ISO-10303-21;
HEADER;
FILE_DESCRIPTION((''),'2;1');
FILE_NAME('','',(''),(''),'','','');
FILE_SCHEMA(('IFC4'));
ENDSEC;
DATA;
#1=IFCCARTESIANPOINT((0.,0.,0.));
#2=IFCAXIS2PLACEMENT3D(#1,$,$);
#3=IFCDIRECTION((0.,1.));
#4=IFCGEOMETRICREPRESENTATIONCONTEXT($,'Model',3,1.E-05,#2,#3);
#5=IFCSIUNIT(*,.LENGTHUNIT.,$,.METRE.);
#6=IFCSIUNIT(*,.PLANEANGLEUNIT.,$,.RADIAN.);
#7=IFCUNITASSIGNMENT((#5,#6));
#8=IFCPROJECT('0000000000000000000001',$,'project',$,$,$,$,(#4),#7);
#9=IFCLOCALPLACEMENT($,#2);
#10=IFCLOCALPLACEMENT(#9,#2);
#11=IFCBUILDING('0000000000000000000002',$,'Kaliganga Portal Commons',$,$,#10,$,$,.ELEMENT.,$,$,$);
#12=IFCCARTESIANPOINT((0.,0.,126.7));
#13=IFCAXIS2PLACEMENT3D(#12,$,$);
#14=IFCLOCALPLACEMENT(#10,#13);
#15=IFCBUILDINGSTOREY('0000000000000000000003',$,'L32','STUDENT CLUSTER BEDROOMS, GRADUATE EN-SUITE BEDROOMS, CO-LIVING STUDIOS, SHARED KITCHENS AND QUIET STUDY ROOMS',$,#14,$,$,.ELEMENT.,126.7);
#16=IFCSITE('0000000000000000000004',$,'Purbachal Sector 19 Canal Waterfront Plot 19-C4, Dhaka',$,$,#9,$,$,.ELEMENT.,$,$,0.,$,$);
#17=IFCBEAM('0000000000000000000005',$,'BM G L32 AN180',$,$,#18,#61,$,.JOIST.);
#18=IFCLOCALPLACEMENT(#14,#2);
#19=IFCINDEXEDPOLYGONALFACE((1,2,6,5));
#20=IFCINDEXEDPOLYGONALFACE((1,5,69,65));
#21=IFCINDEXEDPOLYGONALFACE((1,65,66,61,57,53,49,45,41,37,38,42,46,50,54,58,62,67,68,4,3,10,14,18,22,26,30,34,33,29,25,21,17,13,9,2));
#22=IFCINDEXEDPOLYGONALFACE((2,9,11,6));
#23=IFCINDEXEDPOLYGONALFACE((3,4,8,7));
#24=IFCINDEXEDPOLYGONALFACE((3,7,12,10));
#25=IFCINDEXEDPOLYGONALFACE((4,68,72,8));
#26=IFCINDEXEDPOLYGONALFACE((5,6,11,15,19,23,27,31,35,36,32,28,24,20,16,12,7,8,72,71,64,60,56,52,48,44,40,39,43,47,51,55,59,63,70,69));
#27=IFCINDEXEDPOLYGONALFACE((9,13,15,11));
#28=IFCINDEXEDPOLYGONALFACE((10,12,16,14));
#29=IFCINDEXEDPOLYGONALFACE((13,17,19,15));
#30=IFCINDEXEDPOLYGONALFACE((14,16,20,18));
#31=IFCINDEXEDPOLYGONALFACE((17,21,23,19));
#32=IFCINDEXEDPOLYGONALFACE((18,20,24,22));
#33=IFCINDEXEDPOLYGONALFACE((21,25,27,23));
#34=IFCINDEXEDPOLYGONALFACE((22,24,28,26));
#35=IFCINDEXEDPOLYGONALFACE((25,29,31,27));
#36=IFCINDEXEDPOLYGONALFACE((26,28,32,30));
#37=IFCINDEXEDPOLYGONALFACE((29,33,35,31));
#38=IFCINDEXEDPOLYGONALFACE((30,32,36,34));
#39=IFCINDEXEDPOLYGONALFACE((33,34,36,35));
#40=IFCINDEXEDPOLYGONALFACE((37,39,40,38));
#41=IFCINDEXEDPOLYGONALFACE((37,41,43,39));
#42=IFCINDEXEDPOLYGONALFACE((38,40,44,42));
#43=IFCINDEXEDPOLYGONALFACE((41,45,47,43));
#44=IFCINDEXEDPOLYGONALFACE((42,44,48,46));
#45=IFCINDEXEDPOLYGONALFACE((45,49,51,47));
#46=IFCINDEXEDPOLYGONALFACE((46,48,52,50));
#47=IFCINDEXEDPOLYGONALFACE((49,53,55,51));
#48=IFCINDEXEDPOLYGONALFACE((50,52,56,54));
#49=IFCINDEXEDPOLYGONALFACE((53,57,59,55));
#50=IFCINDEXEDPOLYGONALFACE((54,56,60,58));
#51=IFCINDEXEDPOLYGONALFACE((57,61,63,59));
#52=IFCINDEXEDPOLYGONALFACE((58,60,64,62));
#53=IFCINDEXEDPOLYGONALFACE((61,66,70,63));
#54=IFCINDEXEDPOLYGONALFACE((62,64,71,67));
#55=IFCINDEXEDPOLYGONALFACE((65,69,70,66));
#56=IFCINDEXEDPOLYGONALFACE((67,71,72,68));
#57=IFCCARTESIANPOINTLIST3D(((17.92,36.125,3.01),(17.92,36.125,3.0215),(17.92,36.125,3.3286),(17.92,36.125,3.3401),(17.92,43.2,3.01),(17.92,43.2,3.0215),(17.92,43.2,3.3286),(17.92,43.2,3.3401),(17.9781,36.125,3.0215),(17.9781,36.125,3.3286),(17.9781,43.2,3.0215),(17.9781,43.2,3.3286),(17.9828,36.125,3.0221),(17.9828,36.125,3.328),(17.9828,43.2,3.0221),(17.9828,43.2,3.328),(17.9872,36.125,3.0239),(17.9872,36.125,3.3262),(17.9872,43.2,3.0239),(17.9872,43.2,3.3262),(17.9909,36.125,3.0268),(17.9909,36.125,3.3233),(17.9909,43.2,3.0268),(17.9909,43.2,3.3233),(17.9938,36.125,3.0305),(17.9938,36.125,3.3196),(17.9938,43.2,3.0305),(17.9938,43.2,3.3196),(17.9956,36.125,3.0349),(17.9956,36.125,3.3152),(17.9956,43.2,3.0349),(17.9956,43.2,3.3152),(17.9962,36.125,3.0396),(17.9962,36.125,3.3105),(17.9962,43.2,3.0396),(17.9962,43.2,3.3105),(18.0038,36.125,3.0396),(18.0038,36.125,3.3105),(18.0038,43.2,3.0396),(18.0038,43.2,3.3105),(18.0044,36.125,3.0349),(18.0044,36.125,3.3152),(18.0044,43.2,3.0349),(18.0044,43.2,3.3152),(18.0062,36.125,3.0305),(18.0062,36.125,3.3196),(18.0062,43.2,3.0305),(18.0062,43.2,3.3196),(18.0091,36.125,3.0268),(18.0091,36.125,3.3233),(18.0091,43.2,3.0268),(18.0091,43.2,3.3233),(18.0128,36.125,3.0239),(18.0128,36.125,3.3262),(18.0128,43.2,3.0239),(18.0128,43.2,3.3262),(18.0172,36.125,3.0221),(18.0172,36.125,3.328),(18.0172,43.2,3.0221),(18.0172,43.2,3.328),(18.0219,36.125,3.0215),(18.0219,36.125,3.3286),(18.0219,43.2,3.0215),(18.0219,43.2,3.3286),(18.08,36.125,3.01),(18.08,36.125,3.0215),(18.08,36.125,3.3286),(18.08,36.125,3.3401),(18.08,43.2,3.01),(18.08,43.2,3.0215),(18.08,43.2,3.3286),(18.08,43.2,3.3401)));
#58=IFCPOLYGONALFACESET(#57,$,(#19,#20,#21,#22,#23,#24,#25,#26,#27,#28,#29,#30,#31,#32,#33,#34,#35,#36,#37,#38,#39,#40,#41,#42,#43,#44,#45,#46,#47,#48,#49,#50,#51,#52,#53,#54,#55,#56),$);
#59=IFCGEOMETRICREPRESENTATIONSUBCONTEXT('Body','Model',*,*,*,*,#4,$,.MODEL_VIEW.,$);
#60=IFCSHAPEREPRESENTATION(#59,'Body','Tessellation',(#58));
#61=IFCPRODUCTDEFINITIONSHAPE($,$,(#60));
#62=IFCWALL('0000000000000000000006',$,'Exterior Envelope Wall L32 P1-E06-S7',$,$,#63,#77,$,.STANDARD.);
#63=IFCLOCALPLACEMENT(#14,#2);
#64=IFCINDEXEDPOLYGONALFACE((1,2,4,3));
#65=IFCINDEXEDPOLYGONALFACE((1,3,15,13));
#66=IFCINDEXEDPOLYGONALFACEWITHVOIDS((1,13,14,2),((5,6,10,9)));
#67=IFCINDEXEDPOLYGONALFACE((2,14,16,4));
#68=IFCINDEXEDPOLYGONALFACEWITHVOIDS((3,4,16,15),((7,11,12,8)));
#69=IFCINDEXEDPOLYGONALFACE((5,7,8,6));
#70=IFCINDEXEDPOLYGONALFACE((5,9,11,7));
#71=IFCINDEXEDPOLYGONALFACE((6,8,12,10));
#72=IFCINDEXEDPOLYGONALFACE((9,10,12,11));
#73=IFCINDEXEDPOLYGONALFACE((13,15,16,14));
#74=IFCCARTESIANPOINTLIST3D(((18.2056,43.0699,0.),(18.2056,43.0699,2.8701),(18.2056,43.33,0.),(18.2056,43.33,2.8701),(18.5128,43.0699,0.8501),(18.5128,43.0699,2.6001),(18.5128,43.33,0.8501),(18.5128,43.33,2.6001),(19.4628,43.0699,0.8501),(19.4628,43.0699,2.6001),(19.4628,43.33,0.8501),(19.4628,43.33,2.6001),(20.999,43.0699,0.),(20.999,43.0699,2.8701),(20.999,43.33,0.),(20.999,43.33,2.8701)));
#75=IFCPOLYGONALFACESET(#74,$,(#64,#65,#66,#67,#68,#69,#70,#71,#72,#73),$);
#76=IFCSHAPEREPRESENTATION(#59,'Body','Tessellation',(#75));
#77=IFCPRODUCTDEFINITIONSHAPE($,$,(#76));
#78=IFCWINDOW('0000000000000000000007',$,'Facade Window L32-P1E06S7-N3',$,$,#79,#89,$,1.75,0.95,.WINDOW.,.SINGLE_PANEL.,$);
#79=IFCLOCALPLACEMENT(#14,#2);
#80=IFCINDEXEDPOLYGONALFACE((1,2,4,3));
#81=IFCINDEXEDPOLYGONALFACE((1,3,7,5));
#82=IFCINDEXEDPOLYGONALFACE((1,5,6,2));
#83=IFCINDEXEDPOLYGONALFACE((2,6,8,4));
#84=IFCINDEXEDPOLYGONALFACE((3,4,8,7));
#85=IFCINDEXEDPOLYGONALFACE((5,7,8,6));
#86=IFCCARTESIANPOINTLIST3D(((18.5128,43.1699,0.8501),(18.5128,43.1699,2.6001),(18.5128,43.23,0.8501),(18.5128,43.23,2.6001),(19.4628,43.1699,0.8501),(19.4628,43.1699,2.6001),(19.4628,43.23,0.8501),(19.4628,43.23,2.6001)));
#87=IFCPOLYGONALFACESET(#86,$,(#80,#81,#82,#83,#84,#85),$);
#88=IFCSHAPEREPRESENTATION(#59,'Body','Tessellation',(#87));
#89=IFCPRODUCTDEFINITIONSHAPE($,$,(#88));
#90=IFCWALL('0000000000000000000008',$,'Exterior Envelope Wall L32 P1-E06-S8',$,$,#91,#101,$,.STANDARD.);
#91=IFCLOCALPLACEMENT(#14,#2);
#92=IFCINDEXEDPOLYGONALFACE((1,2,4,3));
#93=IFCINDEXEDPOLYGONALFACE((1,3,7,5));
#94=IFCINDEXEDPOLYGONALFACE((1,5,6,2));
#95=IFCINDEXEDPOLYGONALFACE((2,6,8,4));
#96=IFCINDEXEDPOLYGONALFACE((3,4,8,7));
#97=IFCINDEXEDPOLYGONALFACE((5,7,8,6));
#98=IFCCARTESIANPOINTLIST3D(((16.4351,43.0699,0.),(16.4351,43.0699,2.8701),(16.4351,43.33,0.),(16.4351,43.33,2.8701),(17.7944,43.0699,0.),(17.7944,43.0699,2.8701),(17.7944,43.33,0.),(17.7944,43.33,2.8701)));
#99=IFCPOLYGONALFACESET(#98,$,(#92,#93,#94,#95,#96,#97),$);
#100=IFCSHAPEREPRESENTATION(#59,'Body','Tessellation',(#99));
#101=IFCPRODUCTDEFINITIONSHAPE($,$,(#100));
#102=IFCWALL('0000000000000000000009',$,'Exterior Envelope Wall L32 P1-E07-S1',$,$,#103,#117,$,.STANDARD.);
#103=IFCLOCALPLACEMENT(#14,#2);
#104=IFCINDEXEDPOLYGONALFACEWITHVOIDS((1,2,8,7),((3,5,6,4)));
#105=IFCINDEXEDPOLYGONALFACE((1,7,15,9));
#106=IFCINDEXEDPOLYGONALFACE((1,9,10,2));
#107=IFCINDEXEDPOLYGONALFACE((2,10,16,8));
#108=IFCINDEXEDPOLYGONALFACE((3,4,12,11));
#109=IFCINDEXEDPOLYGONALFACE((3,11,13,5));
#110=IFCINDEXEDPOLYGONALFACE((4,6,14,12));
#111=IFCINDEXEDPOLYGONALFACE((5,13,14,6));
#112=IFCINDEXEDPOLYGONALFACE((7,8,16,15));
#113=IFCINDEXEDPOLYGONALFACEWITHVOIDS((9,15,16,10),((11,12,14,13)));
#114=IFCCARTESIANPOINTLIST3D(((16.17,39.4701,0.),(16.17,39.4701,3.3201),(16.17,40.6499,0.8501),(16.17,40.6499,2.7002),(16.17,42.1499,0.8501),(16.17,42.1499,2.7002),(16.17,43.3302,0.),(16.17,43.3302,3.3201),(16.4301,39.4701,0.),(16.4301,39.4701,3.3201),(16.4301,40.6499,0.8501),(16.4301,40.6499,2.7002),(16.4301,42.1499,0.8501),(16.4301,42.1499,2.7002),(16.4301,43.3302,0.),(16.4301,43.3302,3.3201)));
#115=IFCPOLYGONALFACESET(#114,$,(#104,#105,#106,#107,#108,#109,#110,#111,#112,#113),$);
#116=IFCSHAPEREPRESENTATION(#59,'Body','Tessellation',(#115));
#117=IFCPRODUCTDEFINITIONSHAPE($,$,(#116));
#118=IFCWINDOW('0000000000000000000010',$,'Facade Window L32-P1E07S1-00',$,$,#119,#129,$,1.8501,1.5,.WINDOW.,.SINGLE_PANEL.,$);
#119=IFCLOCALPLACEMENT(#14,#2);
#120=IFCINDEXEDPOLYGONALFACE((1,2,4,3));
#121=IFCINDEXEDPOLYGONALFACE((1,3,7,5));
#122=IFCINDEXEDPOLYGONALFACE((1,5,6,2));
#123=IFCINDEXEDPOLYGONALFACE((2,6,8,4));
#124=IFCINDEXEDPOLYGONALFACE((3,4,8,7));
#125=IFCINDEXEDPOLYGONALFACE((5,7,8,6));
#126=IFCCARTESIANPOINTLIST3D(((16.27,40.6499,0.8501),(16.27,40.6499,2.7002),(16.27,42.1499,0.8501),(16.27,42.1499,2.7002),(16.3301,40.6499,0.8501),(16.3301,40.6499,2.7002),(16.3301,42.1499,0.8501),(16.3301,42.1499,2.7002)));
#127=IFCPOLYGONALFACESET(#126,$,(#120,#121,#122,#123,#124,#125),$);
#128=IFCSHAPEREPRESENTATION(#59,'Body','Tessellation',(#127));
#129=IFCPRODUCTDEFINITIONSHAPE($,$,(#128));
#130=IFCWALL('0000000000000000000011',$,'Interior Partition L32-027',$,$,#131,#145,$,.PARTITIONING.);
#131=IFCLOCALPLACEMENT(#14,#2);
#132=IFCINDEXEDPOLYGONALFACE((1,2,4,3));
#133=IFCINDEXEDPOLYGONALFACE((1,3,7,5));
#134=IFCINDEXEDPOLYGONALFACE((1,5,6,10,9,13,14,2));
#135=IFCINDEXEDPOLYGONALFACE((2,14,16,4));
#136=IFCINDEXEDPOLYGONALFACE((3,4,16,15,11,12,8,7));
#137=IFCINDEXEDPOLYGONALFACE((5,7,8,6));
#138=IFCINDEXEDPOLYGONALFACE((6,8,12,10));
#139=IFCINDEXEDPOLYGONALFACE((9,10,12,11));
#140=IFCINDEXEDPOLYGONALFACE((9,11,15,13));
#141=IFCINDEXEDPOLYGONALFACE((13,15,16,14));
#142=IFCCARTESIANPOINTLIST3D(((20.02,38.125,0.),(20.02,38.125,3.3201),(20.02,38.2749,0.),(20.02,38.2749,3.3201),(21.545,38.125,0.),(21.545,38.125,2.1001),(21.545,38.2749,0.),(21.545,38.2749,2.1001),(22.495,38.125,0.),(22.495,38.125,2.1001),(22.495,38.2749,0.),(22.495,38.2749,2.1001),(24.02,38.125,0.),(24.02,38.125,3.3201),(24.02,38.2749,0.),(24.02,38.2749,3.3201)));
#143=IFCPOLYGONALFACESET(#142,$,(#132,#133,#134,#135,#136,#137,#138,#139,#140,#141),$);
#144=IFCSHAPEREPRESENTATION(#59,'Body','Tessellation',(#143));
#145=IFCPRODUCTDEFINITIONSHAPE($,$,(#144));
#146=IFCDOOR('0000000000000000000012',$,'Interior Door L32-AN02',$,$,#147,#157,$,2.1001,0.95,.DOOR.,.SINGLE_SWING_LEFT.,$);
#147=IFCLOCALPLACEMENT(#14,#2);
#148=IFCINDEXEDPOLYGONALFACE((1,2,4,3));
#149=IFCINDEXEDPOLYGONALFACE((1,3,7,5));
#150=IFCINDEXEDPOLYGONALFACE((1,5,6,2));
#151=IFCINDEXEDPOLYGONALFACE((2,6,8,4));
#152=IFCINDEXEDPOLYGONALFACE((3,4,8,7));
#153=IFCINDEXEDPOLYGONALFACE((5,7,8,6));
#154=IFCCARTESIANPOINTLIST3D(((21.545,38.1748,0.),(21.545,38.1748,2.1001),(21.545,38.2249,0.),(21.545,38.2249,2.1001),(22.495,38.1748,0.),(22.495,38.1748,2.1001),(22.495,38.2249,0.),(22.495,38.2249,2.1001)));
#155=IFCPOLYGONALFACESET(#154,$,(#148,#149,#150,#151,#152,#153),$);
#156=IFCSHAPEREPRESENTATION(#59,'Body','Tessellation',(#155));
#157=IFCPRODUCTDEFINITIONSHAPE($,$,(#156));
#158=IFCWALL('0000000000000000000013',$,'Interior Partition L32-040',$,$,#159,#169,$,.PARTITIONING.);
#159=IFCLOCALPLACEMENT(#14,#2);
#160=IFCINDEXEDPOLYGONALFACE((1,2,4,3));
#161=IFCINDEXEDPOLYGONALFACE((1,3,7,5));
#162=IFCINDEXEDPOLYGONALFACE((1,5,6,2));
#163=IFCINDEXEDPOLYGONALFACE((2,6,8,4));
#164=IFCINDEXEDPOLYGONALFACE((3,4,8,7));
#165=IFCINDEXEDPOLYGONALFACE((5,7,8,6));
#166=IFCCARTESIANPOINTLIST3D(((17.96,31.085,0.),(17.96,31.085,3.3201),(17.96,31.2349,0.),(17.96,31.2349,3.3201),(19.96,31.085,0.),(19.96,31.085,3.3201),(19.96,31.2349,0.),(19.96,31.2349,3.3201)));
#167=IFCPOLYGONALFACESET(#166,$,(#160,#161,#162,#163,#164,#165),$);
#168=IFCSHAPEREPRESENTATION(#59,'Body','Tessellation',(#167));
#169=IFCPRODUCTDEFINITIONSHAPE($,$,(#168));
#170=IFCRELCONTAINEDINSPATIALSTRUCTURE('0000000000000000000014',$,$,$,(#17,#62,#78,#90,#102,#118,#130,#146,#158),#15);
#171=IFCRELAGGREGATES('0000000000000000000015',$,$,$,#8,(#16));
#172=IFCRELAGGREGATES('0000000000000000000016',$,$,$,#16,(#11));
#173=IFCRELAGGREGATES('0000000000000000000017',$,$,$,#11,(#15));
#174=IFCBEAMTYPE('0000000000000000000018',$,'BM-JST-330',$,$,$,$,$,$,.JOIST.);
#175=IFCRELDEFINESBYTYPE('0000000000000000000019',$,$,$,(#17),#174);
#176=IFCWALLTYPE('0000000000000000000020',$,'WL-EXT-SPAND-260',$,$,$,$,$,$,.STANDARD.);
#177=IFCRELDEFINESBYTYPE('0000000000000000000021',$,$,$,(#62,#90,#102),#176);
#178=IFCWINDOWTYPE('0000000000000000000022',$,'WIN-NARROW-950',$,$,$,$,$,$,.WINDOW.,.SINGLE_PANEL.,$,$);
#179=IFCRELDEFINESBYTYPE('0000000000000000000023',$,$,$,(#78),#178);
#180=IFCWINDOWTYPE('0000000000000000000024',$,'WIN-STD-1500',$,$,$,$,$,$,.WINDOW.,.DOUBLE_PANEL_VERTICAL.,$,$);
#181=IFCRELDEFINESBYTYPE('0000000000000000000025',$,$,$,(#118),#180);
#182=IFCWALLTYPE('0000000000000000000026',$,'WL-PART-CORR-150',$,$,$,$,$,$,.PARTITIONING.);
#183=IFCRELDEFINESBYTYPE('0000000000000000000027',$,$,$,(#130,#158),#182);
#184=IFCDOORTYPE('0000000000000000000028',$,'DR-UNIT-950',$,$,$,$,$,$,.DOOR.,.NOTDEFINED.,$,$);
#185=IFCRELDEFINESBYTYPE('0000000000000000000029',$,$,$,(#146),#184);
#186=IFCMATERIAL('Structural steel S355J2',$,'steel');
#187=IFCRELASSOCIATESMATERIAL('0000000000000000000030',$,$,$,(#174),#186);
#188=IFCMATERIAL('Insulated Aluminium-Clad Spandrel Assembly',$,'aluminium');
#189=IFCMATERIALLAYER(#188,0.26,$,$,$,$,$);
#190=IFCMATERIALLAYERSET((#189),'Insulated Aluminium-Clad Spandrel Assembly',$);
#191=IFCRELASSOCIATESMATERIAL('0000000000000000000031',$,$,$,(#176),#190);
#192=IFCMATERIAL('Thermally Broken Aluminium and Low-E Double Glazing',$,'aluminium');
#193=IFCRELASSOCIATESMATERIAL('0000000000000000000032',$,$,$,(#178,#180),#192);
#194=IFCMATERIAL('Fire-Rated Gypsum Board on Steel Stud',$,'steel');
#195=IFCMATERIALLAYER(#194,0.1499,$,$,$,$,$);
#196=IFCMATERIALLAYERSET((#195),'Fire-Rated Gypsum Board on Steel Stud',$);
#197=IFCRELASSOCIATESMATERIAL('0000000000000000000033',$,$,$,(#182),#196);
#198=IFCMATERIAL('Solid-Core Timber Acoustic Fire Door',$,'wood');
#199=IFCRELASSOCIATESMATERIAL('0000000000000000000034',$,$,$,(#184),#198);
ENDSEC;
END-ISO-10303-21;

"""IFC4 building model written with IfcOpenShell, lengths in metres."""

from ifc_helpers import new_model, si_unit, direction, frame, frame_2d, origin, origin_2d, place, context, subcontext, project, spatial, rectangle, i_section, extrude, source, transform, mapped, material, layer, layer_set, material_profile, profile_set, type_object, element, fill, save


model = new_model("IFC4")

# Units and contexts
model_context = context("Model", 3, precision=1e-05, world=origin(), true_north=direction((0.0, 1.0)))
body_context = subcontext(model_context, "Body", "Model", "MODEL_VIEW")
ifc_project = project(units=[si_unit("LENGTHUNIT", "METRE"), si_unit("PLANEANGLEUNIT", "RADIAN")], contexts=[model_context])

# Site, building, storey
site_placement = place(None, origin())
site = spatial("IfcSite", under=ifc_project, at=site_placement, Name="Purbachal Sector 19 Canal Waterfront Plot 19-C4, Dhaka", CompositionType="ELEMENT", RefElevation=0.0)
building_placement = place(site_placement, origin())
building = spatial("IfcBuilding", under=site, at=building_placement, Name="Kaliganga Portal Commons", CompositionType="ELEMENT")
storey_placement = place(building_placement, frame((0.0, 0.0, 126.7)))
storey = spatial("IfcBuildingStorey", under=building, at=storey_placement, Name="L32", Description="STUDENT CLUSTER BEDROOMS, GRADUATE EN-SUITE BEDROOMS, CO-LIVING STUDIOS, SHARED KITCHENS AND QUIET STUDY ROOMS", CompositionType="ELEMENT", Elevation=126.7)

# Beam
ifc_material_1 = material(Name="Structural steel S355J2", Category="steel")
ifc_material_profile_1 = material_profile(ifc_material_1, i_section(OverallWidth=0.1599, OverallDepth=0.3301, WebThickness=0.0076, FlangeThickness=0.0115, FilletRadius=0.0181, at=origin_2d()), Name="IPE 330")
ifc_profile_set_1 = profile_set([ifc_material_profile_1], Name="Structural steel S355J2 wide-flange")
beam_type_1 = type_object("IfcBeamType", Name="BM-JST-330", PredefinedType="JOIST", material=ifc_profile_set_1)
shared_shape_1 = source(origin(), body_context, "Body", "SweptSolid", [
    extrude(i_section(OverallWidth=0.1599, OverallDepth=0.3301, WebThickness=0.0076, FlangeThickness=0.0115, FilletRadius=0.0181, at=origin_2d()), origin(), (0.0, 0.0, 1.0), 7.075),
])
beam_1_placement = place(storey_placement, frame((18.0, 36.125, 3.175), z_axis=(0.0, 1.0, 0.0), x_axis=(-1.0, 0.0, 0.0)))
element("IfcBeam", 1, at=beam_1_placement, inside=storey, type_object=beam_type_1, Name="BM G L32 AN180", PredefinedType="JOIST", context=body_context, shape_type="MappedRepresentation", body=[
    mapped(shared_shape_1, transform((0.0, 0.0, 0.0), x_axis=(1.0, 0.0, 0.0), y_axis=(0.0, 1.0, 0.0), z_axis=(0.0, 0.0, 1.0), scale=1.0)),
])

# Wall, opening, window
ifc_material_2 = material(Name="Insulated Aluminium-Clad Spandrel Assembly", Category="aluminium")
ifc_layer_1 = layer(ifc_material_2, 0.26)
ifc_layer_set_1 = layer_set([ifc_layer_1], Name="Insulated Aluminium-Clad Spandrel Assembly")
wall_type_1 = type_object("IfcWallType", Name="WL-EXT-SPAND-260", PredefinedType="STANDARD", material=ifc_layer_set_1)
wall_1_placement = place(storey_placement, frame((18.2056, 43.2, 0.0), z_axis=(0.0, 0.0, 1.0), x_axis=(1.0, 0.0, 0.0)))
wall_1 = element("IfcWall", 2, at=wall_1_placement, inside=storey, type_object=wall_type_1, Name="Exterior Envelope Wall L32 P1-E06-S7", PredefinedType="STANDARD", context=body_context, shape_type="SweptSolid", body=[
    extrude(rectangle(XDim=2.7935, YDim=0.26, at=frame_2d((1.3967, 0.0))), origin(), (0.0, 0.0, 1.0), 2.8701),
])
opening_1_placement = place(wall_1_placement, frame((0.3071, 0.0, 0.8501)))
opening_1 = element("IfcOpeningElement", 3, at=opening_1_placement, cuts=wall_1, PredefinedType="OPENING", context=body_context, shape_type="SweptSolid", body=[
    extrude(rectangle(XDim=0.95, YDim=1.75, at=frame_2d((0.4751, 0.875))), frame((0.0, 0.1401, 0.0), z_axis=(0.0, -1.0, 0.0), x_axis=(1.0, 0.0, 0.0)), (0.0, 0.0, 1.0), 0.28),
])
ifc_material_3 = material(Name="Thermally Broken Aluminium and Low-E Double Glazing", Category="aluminium")
window_type_1 = type_object("IfcWindowType", Name="WIN-NARROW-950", PartitioningType="SINGLE_PANEL", PredefinedType="WINDOW", material=ifc_material_3)
window_1_placement = place(opening_1_placement, origin())
window_1 = element("IfcWindow", 4, at=window_1_placement, inside=storey, type_object=window_type_1, Name="Facade Window L32-P1E06S7-N3", OverallHeight=1.75, OverallWidth=0.95, PartitioningType="SINGLE_PANEL", PredefinedType="WINDOW", context=body_context, shape_type="SweptSolid", body=[
    extrude(rectangle(XDim=0.95, YDim=1.75, at=frame_2d((0.4751, 0.875))), frame((0.0, 0.03, 0.0), z_axis=(0.0, -1.0, 0.0), x_axis=(1.0, 0.0, 0.0)), (0.0, 0.0, 1.0), 0.0601),
])
fill(opening_1, window_1)

# Wall
wall_2_placement = place(storey_placement, frame((16.4351, 43.2, 0.0), z_axis=(0.0, 0.0, 1.0), x_axis=(1.0, 0.0, 0.0)))
element("IfcWall", 5, at=wall_2_placement, inside=storey, type_object=wall_type_1, Name="Exterior Envelope Wall L32 P1-E06-S8", PredefinedType="STANDARD", context=body_context, shape_type="SweptSolid", body=[
    extrude(rectangle(XDim=1.3594, YDim=0.26, at=frame_2d((0.6797, 0.0))), origin(), (0.0, 0.0, 1.0), 2.8701),
])

# Wall, opening, window
wall_3_placement = place(storey_placement, frame((16.3, 39.47, 0.0), z_axis=(0.0, 0.0, 1.0), x_axis=(0.0, 1.0, 0.0)))
wall_3 = element("IfcWall", 6, at=wall_3_placement, inside=storey, type_object=wall_type_1, Name="Exterior Envelope Wall L32 P1-E07-S1", PredefinedType="STANDARD", context=body_context, shape_type="SweptSolid", body=[
    extrude(rectangle(XDim=3.8601, YDim=0.26, at=frame_2d((1.9302, 0.0))), origin(), (0.0, 0.0, 1.0), 3.3201),
])
opening_2_placement = place(wall_3_placement, frame((1.1799, 0.0, 0.8501)))
opening_2 = element("IfcOpeningElement", 7, at=opening_2_placement, cuts=wall_3, PredefinedType="OPENING", context=body_context, shape_type="SweptSolid", body=[
    extrude(rectangle(XDim=1.5, YDim=1.8501, at=frame_2d((0.75, 0.925))), frame((0.0, 0.1401, 0.0), z_axis=(0.0, -1.0, 0.0), x_axis=(1.0, 0.0, 0.0)), (0.0, 0.0, 1.0), 0.28),
])
window_type_2 = type_object("IfcWindowType", Name="WIN-STD-1500", PartitioningType="DOUBLE_PANEL_VERTICAL", PredefinedType="WINDOW", material=ifc_material_3)
window_2_placement = place(opening_2_placement, origin())
window_2 = element("IfcWindow", 8, at=window_2_placement, inside=storey, type_object=window_type_2, Name="Facade Window L32-P1E07S1-00", OverallHeight=1.8501, OverallWidth=1.5, PartitioningType="SINGLE_PANEL", PredefinedType="WINDOW", context=body_context, shape_type="SweptSolid", body=[
    extrude(rectangle(XDim=1.5, YDim=1.8501, at=frame_2d((0.75, 0.925))), frame((0.0, 0.03, 0.0), z_axis=(0.0, -1.0, 0.0), x_axis=(1.0, 0.0, 0.0)), (0.0, 0.0, 1.0), 0.0601),
])
fill(opening_2, window_2)

# Wall, opening, door
ifc_material_4 = material(Name="Fire-Rated Gypsum Board on Steel Stud", Category="steel")
ifc_layer_2 = layer(ifc_material_4, 0.1499)
ifc_layer_set_2 = layer_set([ifc_layer_2], Name="Fire-Rated Gypsum Board on Steel Stud")
wall_type_2 = type_object("IfcWallType", Name="WL-PART-CORR-150", PredefinedType="PARTITIONING", material=ifc_layer_set_2)
wall_4_placement = place(storey_placement, frame((20.02, 38.2, 0.0), z_axis=(0.0, 0.0, 1.0), x_axis=(1.0, 0.0, 0.0)))
wall_4 = element("IfcWall", 9, at=wall_4_placement, inside=storey, type_object=wall_type_2, Name="Interior Partition L32-027", PredefinedType="PARTITIONING", context=body_context, shape_type="SweptSolid", body=[
    extrude(rectangle(XDim=4.0, YDim=0.1499, at=frame_2d((2.0, 0.0))), origin(), (0.0, 0.0, 1.0), 3.3201),
])
opening_3_placement = place(wall_4_placement, frame((1.5249, 0.0, 0.0)))
opening_3 = element("IfcOpeningElement", 10, at=opening_3_placement, cuts=wall_4, PredefinedType="OPENING", context=body_context, shape_type="SweptSolid", body=[
    extrude(rectangle(XDim=0.95, YDim=2.1001, at=frame_2d((0.4751, 1.05))), frame((0.0, 0.085, 0.0), z_axis=(0.0, -1.0, 0.0), x_axis=(1.0, 0.0, 0.0)), (0.0, 0.0, 1.0), 0.1699),
])
ifc_material_5 = material(Name="Solid-Core Timber Acoustic Fire Door", Category="wood")
door_type_1 = type_object("IfcDoorType", Name="DR-UNIT-950", OperationType="NOTDEFINED", PredefinedType="DOOR", material=ifc_material_5)
door_1_placement = place(opening_3_placement, origin())
door_1 = element("IfcDoor", 11, at=door_1_placement, inside=storey, type_object=door_type_1, Name="Interior Door L32-AN02", OperationType="SINGLE_SWING_LEFT", OverallHeight=2.1001, OverallWidth=0.95, PredefinedType="DOOR", context=body_context, shape_type="SweptSolid", body=[
    extrude(rectangle(XDim=0.95, YDim=2.1001, at=frame_2d((0.4751, 1.05))), frame((0.0, 0.0249, 0.0), z_axis=(0.0, -1.0, 0.0), x_axis=(1.0, 0.0, 0.0)), (0.0, 0.0, 1.0), 0.05),
])
fill(opening_3, door_1)

# Wall
wall_5_placement = place(storey_placement, frame((17.96, 31.1599, 0.0), z_axis=(0.0, 0.0, 1.0), x_axis=(1.0, 0.0, 0.0)))
element("IfcWall", 12, at=wall_5_placement, inside=storey, type_object=wall_type_2, Name="Interior Partition L32-040", PredefinedType="PARTITIONING", context=body_context, shape_type="SweptSolid", body=[
    extrude(rectangle(XDim=2.0, YDim=0.1499, at=frame_2d((1.0, 0.0))), origin(), (0.0, 0.0, 1.0), 3.3201),
])

save(model, "model.ifc")
